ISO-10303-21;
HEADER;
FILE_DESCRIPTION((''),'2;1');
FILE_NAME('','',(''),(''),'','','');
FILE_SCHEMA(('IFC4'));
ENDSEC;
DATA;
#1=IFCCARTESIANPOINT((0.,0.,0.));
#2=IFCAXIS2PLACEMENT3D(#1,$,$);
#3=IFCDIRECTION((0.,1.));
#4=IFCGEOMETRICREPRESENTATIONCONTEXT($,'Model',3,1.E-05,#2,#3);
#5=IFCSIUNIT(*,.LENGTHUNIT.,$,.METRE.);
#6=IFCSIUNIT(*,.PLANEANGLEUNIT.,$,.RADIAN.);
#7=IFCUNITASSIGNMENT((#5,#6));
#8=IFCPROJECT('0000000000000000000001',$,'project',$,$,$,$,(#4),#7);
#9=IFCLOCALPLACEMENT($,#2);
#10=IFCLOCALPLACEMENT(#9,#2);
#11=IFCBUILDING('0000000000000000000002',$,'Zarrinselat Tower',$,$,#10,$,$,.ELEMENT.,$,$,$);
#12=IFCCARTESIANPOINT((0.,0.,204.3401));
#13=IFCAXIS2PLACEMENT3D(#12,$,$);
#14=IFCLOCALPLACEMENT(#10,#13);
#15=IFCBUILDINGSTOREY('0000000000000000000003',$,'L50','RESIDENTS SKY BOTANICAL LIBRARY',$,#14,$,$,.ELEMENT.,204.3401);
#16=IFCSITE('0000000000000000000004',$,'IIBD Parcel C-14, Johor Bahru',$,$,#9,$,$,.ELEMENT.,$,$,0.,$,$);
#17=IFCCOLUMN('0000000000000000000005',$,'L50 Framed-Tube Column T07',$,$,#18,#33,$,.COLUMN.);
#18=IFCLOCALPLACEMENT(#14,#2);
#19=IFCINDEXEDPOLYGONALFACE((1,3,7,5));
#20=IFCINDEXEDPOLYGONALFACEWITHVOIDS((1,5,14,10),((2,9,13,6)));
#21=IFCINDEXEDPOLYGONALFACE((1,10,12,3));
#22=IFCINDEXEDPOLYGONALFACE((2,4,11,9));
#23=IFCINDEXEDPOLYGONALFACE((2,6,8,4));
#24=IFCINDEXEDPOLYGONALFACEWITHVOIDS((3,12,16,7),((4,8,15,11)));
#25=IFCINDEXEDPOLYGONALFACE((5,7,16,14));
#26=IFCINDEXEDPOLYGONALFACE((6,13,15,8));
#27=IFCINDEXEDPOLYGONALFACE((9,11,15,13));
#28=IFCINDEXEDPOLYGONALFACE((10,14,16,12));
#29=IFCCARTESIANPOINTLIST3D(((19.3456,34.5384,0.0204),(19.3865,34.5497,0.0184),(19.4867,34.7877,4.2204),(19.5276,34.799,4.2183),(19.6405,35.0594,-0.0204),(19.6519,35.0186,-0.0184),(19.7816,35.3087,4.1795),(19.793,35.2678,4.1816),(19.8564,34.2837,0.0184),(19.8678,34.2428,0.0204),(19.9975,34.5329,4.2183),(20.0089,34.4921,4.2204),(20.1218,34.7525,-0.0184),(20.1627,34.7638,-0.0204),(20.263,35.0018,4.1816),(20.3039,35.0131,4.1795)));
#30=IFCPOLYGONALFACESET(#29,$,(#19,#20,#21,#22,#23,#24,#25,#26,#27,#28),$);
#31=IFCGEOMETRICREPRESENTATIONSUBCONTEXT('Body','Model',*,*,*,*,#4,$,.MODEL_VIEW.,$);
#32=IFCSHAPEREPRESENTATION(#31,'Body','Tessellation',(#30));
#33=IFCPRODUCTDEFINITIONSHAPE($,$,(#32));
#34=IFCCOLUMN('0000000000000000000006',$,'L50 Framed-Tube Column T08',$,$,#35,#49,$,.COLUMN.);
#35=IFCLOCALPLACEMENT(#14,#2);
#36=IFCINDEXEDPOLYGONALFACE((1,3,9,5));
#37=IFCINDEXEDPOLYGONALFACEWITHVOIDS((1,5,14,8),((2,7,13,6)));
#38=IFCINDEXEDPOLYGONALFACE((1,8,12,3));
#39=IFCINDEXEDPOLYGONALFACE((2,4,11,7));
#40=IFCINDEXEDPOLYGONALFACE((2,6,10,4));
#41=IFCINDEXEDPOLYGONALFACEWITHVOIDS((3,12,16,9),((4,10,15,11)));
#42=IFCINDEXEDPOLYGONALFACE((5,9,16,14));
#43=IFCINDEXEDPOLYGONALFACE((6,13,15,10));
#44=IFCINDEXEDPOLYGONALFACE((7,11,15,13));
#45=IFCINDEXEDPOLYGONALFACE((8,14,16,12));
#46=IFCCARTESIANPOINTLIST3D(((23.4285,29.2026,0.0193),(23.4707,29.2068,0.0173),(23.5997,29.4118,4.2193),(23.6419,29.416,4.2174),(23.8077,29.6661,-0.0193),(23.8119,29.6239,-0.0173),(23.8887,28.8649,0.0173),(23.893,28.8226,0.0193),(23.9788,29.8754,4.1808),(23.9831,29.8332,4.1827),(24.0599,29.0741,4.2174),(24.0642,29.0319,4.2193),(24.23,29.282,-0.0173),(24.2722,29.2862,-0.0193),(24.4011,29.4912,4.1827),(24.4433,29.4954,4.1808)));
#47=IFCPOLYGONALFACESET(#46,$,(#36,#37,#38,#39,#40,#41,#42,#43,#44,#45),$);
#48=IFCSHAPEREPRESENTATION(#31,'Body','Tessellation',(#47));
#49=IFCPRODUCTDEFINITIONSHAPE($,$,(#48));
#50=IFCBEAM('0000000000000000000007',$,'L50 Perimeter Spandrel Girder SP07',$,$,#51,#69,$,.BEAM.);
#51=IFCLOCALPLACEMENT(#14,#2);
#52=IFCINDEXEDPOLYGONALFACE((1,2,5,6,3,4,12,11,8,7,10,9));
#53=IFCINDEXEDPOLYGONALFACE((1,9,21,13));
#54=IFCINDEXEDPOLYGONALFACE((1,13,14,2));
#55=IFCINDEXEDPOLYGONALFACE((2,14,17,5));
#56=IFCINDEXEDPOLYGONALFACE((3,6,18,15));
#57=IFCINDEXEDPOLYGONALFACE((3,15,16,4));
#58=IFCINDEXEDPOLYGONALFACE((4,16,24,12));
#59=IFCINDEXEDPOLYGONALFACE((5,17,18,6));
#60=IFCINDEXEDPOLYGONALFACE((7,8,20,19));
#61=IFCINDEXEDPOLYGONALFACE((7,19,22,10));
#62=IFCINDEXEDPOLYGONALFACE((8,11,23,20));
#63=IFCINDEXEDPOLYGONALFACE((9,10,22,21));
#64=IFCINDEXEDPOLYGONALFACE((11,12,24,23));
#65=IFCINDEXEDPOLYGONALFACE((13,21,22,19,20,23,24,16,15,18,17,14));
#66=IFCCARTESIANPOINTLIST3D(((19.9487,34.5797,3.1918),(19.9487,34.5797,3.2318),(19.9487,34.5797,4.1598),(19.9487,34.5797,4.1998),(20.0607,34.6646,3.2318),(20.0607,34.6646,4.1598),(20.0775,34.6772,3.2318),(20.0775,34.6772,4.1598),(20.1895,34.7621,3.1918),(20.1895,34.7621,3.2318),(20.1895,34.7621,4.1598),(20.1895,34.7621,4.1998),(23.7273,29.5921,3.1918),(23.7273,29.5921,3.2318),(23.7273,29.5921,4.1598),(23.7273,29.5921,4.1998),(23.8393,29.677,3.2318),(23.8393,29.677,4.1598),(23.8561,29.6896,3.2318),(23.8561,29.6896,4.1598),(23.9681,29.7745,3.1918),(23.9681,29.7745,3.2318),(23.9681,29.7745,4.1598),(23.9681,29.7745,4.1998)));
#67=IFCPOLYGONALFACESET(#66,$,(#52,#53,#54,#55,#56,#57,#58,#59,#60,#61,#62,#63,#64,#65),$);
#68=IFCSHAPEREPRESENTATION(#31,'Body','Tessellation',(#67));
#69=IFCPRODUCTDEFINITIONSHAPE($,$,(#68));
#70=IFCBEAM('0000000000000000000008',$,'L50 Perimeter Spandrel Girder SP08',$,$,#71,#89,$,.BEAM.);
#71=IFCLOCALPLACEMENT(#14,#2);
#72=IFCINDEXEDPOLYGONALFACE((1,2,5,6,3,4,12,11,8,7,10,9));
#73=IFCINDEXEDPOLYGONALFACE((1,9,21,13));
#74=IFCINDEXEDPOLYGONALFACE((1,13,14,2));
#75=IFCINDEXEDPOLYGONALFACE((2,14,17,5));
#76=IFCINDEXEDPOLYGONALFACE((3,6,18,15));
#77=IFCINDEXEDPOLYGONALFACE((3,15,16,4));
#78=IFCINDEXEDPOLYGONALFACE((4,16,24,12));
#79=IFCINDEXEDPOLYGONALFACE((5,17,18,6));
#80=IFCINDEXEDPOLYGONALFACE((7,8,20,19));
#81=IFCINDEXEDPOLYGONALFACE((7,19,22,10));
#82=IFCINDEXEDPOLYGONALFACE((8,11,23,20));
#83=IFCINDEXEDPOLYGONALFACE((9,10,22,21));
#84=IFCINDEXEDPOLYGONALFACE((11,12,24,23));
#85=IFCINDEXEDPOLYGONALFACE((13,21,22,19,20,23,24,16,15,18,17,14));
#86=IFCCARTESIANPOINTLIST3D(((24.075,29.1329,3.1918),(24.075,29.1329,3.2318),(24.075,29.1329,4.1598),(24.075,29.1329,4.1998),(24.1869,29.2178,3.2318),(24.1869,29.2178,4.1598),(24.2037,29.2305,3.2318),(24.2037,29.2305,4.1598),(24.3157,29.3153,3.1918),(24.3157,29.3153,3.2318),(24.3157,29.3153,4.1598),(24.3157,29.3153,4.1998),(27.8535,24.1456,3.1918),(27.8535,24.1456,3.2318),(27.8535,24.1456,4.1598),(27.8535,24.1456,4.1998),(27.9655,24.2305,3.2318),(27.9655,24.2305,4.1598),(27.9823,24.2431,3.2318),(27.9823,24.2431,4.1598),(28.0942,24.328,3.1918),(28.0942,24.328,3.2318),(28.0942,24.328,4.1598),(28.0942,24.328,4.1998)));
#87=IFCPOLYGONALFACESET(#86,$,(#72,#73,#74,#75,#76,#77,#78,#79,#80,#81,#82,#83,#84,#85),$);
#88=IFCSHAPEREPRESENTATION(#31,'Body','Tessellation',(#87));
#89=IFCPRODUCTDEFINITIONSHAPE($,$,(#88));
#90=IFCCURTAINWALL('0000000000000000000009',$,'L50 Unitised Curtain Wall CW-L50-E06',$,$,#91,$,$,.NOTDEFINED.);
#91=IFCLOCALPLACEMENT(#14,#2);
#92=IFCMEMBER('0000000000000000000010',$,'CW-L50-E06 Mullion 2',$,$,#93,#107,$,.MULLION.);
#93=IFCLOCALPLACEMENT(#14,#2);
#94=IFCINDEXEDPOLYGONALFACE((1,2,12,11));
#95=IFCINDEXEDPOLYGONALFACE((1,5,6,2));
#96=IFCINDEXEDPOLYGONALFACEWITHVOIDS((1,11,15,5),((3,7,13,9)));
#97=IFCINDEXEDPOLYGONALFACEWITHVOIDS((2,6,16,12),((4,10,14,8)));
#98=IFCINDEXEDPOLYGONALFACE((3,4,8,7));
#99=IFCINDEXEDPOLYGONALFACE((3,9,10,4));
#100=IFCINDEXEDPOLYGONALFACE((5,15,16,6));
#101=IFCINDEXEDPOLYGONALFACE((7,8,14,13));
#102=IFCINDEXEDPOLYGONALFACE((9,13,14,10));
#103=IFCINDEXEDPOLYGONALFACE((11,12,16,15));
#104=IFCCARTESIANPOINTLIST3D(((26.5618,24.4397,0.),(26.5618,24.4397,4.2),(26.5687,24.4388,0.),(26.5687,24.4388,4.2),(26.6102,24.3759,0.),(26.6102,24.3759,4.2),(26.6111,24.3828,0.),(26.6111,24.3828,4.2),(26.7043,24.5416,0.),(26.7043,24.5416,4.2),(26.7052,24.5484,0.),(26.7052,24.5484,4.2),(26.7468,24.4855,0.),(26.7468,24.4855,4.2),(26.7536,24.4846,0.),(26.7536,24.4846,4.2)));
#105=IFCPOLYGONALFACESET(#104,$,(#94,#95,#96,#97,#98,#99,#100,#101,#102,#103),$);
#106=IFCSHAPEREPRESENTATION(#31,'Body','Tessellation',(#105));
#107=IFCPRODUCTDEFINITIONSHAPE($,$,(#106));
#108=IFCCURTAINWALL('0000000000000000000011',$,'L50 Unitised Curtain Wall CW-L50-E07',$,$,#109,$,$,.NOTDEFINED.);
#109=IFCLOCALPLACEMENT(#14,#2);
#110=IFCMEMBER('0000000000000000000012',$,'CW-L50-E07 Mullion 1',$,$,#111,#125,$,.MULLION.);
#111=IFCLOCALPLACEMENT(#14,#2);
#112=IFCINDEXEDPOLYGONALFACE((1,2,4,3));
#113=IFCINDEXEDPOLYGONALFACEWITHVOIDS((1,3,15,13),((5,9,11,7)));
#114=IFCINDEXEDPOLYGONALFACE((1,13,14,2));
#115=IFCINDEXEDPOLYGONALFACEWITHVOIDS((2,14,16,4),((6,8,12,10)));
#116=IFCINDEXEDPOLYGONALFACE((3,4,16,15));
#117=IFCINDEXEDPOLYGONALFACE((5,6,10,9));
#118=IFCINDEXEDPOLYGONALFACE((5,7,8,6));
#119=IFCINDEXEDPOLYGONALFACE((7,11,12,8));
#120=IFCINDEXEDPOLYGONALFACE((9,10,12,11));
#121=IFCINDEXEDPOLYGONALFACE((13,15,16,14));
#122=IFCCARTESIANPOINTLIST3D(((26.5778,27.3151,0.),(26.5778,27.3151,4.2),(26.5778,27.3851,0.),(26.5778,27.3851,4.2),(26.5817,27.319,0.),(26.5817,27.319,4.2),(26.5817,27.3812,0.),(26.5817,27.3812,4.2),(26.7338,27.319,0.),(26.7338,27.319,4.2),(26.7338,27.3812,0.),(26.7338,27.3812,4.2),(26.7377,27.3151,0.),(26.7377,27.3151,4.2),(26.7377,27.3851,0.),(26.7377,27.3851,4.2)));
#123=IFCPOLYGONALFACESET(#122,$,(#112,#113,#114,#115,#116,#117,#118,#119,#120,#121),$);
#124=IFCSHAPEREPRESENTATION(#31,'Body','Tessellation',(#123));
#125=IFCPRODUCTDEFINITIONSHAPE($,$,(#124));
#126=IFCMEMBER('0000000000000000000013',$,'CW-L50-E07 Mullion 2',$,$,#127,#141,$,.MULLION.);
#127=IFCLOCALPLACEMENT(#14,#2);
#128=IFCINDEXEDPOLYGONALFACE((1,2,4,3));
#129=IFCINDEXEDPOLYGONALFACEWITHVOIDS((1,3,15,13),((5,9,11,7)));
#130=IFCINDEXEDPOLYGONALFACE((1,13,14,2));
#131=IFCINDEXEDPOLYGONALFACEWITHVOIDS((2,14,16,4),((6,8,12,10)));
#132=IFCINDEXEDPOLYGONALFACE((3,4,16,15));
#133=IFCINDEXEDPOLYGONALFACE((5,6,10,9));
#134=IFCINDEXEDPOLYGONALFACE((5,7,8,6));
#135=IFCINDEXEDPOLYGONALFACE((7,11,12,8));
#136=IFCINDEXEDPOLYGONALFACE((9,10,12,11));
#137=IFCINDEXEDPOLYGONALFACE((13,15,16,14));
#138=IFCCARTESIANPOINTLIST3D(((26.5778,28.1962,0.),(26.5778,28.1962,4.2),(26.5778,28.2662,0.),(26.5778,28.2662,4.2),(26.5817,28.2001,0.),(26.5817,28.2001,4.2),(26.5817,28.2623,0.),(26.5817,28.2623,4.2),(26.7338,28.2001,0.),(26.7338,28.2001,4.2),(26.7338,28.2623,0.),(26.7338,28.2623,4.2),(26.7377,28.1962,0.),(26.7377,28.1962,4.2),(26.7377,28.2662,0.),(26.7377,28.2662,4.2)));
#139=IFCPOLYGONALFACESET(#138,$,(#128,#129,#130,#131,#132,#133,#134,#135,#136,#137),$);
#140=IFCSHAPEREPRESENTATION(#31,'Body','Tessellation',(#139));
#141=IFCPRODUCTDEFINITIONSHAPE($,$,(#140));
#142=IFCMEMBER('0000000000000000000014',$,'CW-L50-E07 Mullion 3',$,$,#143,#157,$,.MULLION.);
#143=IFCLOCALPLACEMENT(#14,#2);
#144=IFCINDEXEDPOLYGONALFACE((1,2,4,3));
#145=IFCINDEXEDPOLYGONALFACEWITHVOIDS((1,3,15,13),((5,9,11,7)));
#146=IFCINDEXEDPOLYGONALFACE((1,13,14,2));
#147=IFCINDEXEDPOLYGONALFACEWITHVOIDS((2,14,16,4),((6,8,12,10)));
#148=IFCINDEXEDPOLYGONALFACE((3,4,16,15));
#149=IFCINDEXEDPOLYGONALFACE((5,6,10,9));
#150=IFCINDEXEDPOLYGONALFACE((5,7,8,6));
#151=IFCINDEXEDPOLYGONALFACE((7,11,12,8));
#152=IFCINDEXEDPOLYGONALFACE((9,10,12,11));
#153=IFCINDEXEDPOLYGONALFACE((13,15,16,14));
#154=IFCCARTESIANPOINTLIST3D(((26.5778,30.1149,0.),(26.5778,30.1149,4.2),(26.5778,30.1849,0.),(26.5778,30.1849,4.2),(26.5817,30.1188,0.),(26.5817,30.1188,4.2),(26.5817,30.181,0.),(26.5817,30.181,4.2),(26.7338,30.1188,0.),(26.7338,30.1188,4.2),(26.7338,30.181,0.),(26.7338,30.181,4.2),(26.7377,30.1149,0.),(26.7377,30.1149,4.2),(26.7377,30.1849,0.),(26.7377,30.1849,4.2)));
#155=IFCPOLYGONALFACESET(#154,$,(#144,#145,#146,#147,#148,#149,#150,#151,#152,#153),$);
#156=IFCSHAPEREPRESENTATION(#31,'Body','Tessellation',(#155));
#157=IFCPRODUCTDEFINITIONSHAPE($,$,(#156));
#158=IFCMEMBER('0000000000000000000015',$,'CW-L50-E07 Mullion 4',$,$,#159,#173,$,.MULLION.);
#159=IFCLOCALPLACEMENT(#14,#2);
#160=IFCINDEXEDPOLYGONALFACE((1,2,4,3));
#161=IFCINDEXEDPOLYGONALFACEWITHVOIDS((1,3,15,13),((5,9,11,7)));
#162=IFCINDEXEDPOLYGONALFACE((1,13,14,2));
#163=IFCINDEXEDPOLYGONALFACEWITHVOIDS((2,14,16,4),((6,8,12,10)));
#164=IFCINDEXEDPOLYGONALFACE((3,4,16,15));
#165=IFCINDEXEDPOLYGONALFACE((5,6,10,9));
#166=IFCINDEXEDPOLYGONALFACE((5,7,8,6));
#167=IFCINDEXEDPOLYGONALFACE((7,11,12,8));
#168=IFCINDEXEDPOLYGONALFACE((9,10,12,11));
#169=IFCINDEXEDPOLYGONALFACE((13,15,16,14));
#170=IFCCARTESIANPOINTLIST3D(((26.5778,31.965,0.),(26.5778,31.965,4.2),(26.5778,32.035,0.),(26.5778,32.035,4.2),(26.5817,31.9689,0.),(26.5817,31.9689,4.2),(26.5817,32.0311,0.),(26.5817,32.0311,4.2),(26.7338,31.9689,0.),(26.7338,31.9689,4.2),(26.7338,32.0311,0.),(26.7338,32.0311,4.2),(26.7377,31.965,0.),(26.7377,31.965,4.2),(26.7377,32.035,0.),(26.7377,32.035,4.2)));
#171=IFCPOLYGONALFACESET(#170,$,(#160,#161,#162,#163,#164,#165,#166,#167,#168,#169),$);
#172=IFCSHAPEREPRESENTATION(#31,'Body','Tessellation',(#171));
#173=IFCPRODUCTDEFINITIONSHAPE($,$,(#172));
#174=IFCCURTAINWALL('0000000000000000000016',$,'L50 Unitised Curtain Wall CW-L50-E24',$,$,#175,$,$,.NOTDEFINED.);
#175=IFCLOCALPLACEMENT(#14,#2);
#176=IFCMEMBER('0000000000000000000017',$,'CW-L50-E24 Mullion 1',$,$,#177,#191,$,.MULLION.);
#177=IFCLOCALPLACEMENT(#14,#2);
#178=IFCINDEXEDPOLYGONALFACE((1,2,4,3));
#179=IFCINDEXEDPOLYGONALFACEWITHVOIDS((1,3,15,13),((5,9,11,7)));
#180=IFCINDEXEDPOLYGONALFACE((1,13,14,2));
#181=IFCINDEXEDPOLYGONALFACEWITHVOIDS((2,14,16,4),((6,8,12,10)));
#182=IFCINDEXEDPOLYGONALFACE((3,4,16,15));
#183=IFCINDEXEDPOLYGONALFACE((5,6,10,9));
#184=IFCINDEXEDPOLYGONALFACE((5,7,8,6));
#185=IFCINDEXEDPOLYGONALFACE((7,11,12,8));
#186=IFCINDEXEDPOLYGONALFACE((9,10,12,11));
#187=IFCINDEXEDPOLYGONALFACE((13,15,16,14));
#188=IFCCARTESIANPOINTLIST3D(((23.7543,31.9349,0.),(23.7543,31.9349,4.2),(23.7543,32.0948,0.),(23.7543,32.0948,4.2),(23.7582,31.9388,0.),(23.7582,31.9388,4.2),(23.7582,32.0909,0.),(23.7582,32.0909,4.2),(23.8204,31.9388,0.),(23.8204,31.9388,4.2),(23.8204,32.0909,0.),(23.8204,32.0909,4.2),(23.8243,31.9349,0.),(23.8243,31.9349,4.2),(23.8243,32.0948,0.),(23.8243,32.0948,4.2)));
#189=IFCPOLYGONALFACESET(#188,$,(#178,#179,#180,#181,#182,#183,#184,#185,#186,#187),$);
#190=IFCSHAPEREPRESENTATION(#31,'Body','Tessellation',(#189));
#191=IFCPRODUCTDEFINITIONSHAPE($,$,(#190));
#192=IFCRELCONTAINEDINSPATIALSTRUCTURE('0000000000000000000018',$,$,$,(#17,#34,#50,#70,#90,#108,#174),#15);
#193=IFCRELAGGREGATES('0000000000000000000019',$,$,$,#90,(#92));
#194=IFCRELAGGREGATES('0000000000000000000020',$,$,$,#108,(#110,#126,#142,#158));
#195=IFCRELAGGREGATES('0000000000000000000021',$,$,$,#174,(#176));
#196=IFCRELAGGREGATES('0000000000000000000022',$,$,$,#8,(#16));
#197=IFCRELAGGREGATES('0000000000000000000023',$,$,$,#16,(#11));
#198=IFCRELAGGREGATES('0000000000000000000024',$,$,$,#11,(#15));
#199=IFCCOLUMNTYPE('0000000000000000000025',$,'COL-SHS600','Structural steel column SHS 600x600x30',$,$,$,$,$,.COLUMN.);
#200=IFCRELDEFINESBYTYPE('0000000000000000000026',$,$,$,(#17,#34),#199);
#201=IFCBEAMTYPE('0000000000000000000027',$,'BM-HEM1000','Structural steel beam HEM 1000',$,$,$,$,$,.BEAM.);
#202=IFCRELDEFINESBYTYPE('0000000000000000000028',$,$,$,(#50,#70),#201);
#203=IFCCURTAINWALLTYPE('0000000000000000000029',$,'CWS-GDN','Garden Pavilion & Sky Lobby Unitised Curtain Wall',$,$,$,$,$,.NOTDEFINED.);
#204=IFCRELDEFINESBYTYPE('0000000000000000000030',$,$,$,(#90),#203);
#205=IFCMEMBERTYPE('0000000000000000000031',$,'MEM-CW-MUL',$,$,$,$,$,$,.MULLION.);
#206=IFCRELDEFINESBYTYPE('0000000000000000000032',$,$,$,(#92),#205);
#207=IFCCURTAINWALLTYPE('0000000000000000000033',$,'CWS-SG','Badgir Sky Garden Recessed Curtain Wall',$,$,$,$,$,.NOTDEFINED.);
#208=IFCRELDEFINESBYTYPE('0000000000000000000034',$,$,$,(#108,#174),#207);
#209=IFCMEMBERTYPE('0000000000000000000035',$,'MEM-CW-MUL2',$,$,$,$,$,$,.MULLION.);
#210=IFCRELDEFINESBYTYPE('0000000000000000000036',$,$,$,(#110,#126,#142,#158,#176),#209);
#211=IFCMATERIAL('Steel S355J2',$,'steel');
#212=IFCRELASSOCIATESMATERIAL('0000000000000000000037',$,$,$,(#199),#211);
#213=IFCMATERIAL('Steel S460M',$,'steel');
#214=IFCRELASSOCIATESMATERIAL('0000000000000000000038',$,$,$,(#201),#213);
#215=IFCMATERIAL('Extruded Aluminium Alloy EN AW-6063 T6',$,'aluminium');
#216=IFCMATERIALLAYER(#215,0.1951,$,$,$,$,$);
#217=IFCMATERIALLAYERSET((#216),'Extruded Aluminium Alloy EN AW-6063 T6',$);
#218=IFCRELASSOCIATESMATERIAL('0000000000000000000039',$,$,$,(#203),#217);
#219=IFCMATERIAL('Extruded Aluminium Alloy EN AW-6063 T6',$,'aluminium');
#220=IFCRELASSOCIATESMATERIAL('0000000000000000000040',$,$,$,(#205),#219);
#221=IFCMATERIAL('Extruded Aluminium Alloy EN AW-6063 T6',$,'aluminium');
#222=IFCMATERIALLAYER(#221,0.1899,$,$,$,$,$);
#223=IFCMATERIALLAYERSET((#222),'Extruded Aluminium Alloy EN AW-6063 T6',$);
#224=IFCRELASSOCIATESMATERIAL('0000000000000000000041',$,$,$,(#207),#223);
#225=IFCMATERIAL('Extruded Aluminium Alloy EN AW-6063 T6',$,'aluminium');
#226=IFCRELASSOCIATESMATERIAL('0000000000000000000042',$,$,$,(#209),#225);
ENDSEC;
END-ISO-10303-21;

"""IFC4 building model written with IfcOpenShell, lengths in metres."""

from ifc_helpers import new_model, si_unit, direction, frame, origin, origin_2d, place, context, subcontext, project, spatial, hollow_rectangle, i_section, extrude, material, layer, layer_set, material_profile, profile_set, type_object, element, aggregate, save


model = new_model("IFC4")

# Units and contexts
model_context = context("Model", 3, precision=1e-05, world=origin(), true_north=direction((0.0, 1.0)))
body_context = subcontext(model_context, "Body", "Model", "MODEL_VIEW")
ifc_project = project(units=[si_unit("LENGTHUNIT", "METRE"), si_unit("PLANEANGLEUNIT", "RADIAN")], contexts=[model_context])

# Site, building, storey
site_placement = place(None, origin())
site = spatial("IfcSite", under=ifc_project, at=site_placement, Name="IIBD Parcel C-14, Johor Bahru", CompositionType="ELEMENT", RefElevation=0.0)
building_placement = place(site_placement, origin())
building = spatial("IfcBuilding", under=site, at=building_placement, Name="Zarrinselat Tower", CompositionType="ELEMENT")
storey_placement = place(building_placement, frame((0.0, 0.0, 204.3401)))
storey = spatial("IfcBuildingStorey", under=building, at=storey_placement, Name="L50", Description="RESIDENTS SKY BOTANICAL LIBRARY", CompositionType="ELEMENT", Elevation=204.3401)

# Columns
ifc_material_1 = material(Name="Steel S355J2", Category="steel")
ifc_material_profile_1 = material_profile(ifc_material_1, hollow_rectangle(XDim=0.6001, YDim=0.6001, WallThickness=0.03, at=origin_2d()), Name="SHS 600x600x30")
ifc_profile_set_1 = profile_set([ifc_material_profile_1], Name="Steel S355J2")
column_type = type_object("IfcColumnType", Name="COL-SHS600", Description="Structural steel column SHS 600x600x30", PredefinedType="COLUMN", material=ifc_profile_set_1)
column_1_placement = place(storey_placement, frame((19.7542, 34.6511, 0.0), z_axis=(0.033521, 0.059213, 0.997682), x_axis=(-0.870229, 0.492647, 0.0)))
element("IfcColumn", 1, at=column_1_placement, inside=storey, type_object=column_type, Name="L50 Framed-Tube Column T07", PredefinedType="COLUMN", context=body_context, shape_type="SweptSolid", body=[
    extrude(hollow_rectangle(XDim=0.6001, YDim=0.6001, WallThickness=0.03, at=origin_2d()), origin(), (0.0, 0.0, 1.0), 4.2097),
])
column_2_placement = place(storey_placement, frame((23.8503, 29.2444, 0.0), z_axis=(0.040665, 0.049714, 0.997935), x_axis=(-0.774038, 0.633139, 0.0)))
element("IfcColumn", 2, at=column_2_placement, inside=storey, type_object=column_type, Name="L50 Framed-Tube Column T08", PredefinedType="COLUMN", context=body_context, shape_type="SweptSolid", body=[
    extrude(hollow_rectangle(XDim=0.6001, YDim=0.6001, WallThickness=0.03, at=origin_2d()), origin(), (0.0, 0.0, 1.0), 4.2087),
])

# Beams
ifc_material_2 = material(Name="Steel S460M", Category="steel")
ifc_material_profile_2 = material_profile(ifc_material_2, i_section(OverallWidth=0.302, OverallDepth=1.0081, WebThickness=0.021, FlangeThickness=0.04, at=origin_2d()), Name="HEM 1000")
ifc_profile_set_2 = profile_set([ifc_material_profile_2], Name="Steel S460M")
beam_type = type_object("IfcBeamType", Name="BM-HEM1000", Description="Structural steel beam HEM 1000", PredefinedType="BEAM", material=ifc_profile_set_2)
beam_1_placement = place(storey_placement, frame((20.0691, 34.6709, 3.6958), z_axis=(0.60387, -0.797083, 0.0), x_axis=(0.797083, 0.60387, 0.0)))
element("IfcBeam", 3, at=beam_1_placement, inside=storey, type_object=beam_type, Name="L50 Perimeter Spandrel Girder SP07", PredefinedType="BEAM", context=body_context, shape_type="SweptSolid", body=[
    extrude(i_section(OverallWidth=0.302, OverallDepth=1.0081, WebThickness=0.021, FlangeThickness=0.04, at=origin_2d()), origin(), (0.0, 0.0, 1.0), 6.2573),
])
beam_2_placement = place(storey_placement, frame((24.1953, 29.2241, 3.6958), z_axis=(0.603888, -0.797069, 0.0), x_axis=(0.797069, 0.603888, 0.0)))
element("IfcBeam", 4, at=beam_2_placement, inside=storey, type_object=beam_type, Name="L50 Perimeter Spandrel Girder SP08", PredefinedType="BEAM", context=body_context, shape_type="SweptSolid", body=[
    extrude(i_section(OverallWidth=0.302, OverallDepth=1.0081, WebThickness=0.021, FlangeThickness=0.04, at=origin_2d()), origin(), (0.0, 0.0, 1.0), 6.2571),
])

# Curtain wall, member
ifc_material_3 = material(Name="Extruded Aluminium Alloy EN AW-6063 T6", Category="aluminium")
ifc_layer_1 = layer(ifc_material_3, 0.1951)
ifc_layer_set_1 = layer_set([ifc_layer_1], Name="Extruded Aluminium Alloy EN AW-6063 T6")
curtain_wall_type_1 = type_object("IfcCurtainWallType", Name="CWS-GDN", Description="Garden Pavilion & Sky Lobby Unitised Curtain Wall", PredefinedType="NOTDEFINED", material=ifc_layer_set_1)
curtain_wall_1_placement = place(storey_placement, origin())
curtain_wall_1 = element("IfcCurtainWall", 5, at=curtain_wall_1_placement, inside=storey, type_object=curtain_wall_type_1, Name="L50 Unitised Curtain Wall CW-L50-E06", PredefinedType="NOTDEFINED")
ifc_material_4 = material(Name="Extruded Aluminium Alloy EN AW-6063 T6", Category="aluminium")
ifc_material_profile_3 = material_profile(ifc_material_4, hollow_rectangle(XDim=0.0801, YDim=0.1799, WallThickness=0.0049, at=origin_2d()), Name="RHS 180x80x5")
ifc_profile_set_3 = profile_set([ifc_material_profile_3], Name="Extruded Aluminium Alloy EN AW-6063 T6")
member_type_1 = type_object("IfcMemberType", Name="MEM-CW-MUL", PredefinedType="MULLION", material=ifc_profile_set_3)
member_1_placement = place(storey_placement, frame((26.6577, 24.4622, 0.0), z_axis=(0.0, 0.0, 1.0), x_axis=(-0.603858, 0.797092, 0.0)))
member_1 = element("IfcMember", 6, at=member_1_placement, type_object=member_type_1, Name="CW-L50-E06 Mullion 2", PredefinedType="MULLION", context=body_context, shape_type="SweptSolid", body=[
    extrude(hollow_rectangle(XDim=0.0801, YDim=0.1799, WallThickness=0.0049, at=origin_2d()), origin(), (0.0, 0.0, 1.0), 4.2),
])

# Curtain walls, members
ifc_material_5 = material(Name="Extruded Aluminium Alloy EN AW-6063 T6", Category="aluminium")
ifc_layer_2 = layer(ifc_material_5, 0.1899)
ifc_layer_set_2 = layer_set([ifc_layer_2], Name="Extruded Aluminium Alloy EN AW-6063 T6")
curtain_wall_type_2 = type_object("IfcCurtainWallType", Name="CWS-SG", Description="Badgir Sky Garden Recessed Curtain Wall", PredefinedType="NOTDEFINED", material=ifc_layer_set_2)
curtain_wall_2_placement = place(storey_placement, origin())
curtain_wall_2 = element("IfcCurtainWall", 7, at=curtain_wall_2_placement, inside=storey, type_object=curtain_wall_type_2, Name="L50 Unitised Curtain Wall CW-L50-E07", PredefinedType="NOTDEFINED")
ifc_material_6 = material(Name="Extruded Aluminium Alloy EN AW-6063 T6", Category="aluminium")
ifc_material_profile_4 = material_profile(ifc_material_6, hollow_rectangle(XDim=0.0701, YDim=0.1599, WallThickness=0.0039, at=origin_2d()), Name="RHS 160x70x4")
ifc_profile_set_4 = profile_set([ifc_material_profile_4], Name="Extruded Aluminium Alloy EN AW-6063 T6")
member_type_2 = type_object("IfcMemberType", Name="MEM-CW-MUL2", PredefinedType="MULLION", material=ifc_profile_set_4)
member_2_placement = place(storey_placement, frame((26.6577, 27.3501, 0.0), z_axis=(0.0, 0.0, 1.0), x_axis=(0.0, 1.0, 0.0)))
member_2 = element("IfcMember", 8, at=member_2_placement, type_object=member_type_2, Name="CW-L50-E07 Mullion 1", PredefinedType="MULLION", context=body_context, shape_type="SweptSolid", body=[
    extrude(hollow_rectangle(XDim=0.0701, YDim=0.1599, WallThickness=0.0039, at=origin_2d()), origin(), (0.0, 0.0, 1.0), 4.2),
])
member_3_placement = place(storey_placement, frame((26.6577, 28.2312, 0.0), z_axis=(0.0, 0.0, 1.0), x_axis=(0.0, 1.0, 0.0)))
member_3 = element("IfcMember", 9, at=member_3_placement, type_object=member_type_2, Name="CW-L50-E07 Mullion 2", PredefinedType="MULLION", context=body_context, shape_type="SweptSolid", body=[
    extrude(hollow_rectangle(XDim=0.0701, YDim=0.1599, WallThickness=0.0039, at=origin_2d()), origin(), (0.0, 0.0, 1.0), 4.2),
])
member_4_placement = place(storey_placement, frame((26.6577, 30.1499, 0.0), z_axis=(0.0, 0.0, 1.0), x_axis=(0.0, 1.0, 0.0)))
member_4 = element("IfcMember", 10, at=member_4_placement, type_object=member_type_2, Name="CW-L50-E07 Mullion 3", PredefinedType="MULLION", context=body_context, shape_type="SweptSolid", body=[
    extrude(hollow_rectangle(XDim=0.0701, YDim=0.1599, WallThickness=0.0039, at=origin_2d()), origin(), (0.0, 0.0, 1.0), 4.2),
])
member_5_placement = place(storey_placement, frame((26.6577, 32.0, 0.0), z_axis=(0.0, 0.0, 1.0), x_axis=(0.0, 1.0, 0.0)))
member_5 = element("IfcMember", 11, at=member_5_placement, type_object=member_type_2, Name="CW-L50-E07 Mullion 4", PredefinedType="MULLION", context=body_context, shape_type="SweptSolid", body=[
    extrude(hollow_rectangle(XDim=0.0701, YDim=0.1599, WallThickness=0.0039, at=origin_2d()), origin(), (0.0, 0.0, 1.0), 4.2),
])
curtain_wall_3_placement = place(storey_placement, origin())
curtain_wall_3 = element("IfcCurtainWall", 12, at=curtain_wall_3_placement, inside=storey, type_object=curtain_wall_type_2, Name="L50 Unitised Curtain Wall CW-L50-E24", PredefinedType="NOTDEFINED")
member_6_placement = place(storey_placement, frame((23.7893, 32.0149, 0.0), z_axis=(0.0, 0.0, 1.0), x_axis=(-1.0, 0.0, 0.0)))
member_6 = element("IfcMember", 13, at=member_6_placement, type_object=member_type_2, Name="CW-L50-E24 Mullion 1", PredefinedType="MULLION", context=body_context, shape_type="SweptSolid", body=[
    extrude(hollow_rectangle(XDim=0.0701, YDim=0.1599, WallThickness=0.0039, at=origin_2d()), origin(), (0.0, 0.0, 1.0), 4.2),
])

aggregate(curtain_wall_1, [member_1])
aggregate(curtain_wall_2, [member_2, member_3, member_4, member_5])
aggregate(curtain_wall_3, [member_6])

save(model, "model.ifc")
